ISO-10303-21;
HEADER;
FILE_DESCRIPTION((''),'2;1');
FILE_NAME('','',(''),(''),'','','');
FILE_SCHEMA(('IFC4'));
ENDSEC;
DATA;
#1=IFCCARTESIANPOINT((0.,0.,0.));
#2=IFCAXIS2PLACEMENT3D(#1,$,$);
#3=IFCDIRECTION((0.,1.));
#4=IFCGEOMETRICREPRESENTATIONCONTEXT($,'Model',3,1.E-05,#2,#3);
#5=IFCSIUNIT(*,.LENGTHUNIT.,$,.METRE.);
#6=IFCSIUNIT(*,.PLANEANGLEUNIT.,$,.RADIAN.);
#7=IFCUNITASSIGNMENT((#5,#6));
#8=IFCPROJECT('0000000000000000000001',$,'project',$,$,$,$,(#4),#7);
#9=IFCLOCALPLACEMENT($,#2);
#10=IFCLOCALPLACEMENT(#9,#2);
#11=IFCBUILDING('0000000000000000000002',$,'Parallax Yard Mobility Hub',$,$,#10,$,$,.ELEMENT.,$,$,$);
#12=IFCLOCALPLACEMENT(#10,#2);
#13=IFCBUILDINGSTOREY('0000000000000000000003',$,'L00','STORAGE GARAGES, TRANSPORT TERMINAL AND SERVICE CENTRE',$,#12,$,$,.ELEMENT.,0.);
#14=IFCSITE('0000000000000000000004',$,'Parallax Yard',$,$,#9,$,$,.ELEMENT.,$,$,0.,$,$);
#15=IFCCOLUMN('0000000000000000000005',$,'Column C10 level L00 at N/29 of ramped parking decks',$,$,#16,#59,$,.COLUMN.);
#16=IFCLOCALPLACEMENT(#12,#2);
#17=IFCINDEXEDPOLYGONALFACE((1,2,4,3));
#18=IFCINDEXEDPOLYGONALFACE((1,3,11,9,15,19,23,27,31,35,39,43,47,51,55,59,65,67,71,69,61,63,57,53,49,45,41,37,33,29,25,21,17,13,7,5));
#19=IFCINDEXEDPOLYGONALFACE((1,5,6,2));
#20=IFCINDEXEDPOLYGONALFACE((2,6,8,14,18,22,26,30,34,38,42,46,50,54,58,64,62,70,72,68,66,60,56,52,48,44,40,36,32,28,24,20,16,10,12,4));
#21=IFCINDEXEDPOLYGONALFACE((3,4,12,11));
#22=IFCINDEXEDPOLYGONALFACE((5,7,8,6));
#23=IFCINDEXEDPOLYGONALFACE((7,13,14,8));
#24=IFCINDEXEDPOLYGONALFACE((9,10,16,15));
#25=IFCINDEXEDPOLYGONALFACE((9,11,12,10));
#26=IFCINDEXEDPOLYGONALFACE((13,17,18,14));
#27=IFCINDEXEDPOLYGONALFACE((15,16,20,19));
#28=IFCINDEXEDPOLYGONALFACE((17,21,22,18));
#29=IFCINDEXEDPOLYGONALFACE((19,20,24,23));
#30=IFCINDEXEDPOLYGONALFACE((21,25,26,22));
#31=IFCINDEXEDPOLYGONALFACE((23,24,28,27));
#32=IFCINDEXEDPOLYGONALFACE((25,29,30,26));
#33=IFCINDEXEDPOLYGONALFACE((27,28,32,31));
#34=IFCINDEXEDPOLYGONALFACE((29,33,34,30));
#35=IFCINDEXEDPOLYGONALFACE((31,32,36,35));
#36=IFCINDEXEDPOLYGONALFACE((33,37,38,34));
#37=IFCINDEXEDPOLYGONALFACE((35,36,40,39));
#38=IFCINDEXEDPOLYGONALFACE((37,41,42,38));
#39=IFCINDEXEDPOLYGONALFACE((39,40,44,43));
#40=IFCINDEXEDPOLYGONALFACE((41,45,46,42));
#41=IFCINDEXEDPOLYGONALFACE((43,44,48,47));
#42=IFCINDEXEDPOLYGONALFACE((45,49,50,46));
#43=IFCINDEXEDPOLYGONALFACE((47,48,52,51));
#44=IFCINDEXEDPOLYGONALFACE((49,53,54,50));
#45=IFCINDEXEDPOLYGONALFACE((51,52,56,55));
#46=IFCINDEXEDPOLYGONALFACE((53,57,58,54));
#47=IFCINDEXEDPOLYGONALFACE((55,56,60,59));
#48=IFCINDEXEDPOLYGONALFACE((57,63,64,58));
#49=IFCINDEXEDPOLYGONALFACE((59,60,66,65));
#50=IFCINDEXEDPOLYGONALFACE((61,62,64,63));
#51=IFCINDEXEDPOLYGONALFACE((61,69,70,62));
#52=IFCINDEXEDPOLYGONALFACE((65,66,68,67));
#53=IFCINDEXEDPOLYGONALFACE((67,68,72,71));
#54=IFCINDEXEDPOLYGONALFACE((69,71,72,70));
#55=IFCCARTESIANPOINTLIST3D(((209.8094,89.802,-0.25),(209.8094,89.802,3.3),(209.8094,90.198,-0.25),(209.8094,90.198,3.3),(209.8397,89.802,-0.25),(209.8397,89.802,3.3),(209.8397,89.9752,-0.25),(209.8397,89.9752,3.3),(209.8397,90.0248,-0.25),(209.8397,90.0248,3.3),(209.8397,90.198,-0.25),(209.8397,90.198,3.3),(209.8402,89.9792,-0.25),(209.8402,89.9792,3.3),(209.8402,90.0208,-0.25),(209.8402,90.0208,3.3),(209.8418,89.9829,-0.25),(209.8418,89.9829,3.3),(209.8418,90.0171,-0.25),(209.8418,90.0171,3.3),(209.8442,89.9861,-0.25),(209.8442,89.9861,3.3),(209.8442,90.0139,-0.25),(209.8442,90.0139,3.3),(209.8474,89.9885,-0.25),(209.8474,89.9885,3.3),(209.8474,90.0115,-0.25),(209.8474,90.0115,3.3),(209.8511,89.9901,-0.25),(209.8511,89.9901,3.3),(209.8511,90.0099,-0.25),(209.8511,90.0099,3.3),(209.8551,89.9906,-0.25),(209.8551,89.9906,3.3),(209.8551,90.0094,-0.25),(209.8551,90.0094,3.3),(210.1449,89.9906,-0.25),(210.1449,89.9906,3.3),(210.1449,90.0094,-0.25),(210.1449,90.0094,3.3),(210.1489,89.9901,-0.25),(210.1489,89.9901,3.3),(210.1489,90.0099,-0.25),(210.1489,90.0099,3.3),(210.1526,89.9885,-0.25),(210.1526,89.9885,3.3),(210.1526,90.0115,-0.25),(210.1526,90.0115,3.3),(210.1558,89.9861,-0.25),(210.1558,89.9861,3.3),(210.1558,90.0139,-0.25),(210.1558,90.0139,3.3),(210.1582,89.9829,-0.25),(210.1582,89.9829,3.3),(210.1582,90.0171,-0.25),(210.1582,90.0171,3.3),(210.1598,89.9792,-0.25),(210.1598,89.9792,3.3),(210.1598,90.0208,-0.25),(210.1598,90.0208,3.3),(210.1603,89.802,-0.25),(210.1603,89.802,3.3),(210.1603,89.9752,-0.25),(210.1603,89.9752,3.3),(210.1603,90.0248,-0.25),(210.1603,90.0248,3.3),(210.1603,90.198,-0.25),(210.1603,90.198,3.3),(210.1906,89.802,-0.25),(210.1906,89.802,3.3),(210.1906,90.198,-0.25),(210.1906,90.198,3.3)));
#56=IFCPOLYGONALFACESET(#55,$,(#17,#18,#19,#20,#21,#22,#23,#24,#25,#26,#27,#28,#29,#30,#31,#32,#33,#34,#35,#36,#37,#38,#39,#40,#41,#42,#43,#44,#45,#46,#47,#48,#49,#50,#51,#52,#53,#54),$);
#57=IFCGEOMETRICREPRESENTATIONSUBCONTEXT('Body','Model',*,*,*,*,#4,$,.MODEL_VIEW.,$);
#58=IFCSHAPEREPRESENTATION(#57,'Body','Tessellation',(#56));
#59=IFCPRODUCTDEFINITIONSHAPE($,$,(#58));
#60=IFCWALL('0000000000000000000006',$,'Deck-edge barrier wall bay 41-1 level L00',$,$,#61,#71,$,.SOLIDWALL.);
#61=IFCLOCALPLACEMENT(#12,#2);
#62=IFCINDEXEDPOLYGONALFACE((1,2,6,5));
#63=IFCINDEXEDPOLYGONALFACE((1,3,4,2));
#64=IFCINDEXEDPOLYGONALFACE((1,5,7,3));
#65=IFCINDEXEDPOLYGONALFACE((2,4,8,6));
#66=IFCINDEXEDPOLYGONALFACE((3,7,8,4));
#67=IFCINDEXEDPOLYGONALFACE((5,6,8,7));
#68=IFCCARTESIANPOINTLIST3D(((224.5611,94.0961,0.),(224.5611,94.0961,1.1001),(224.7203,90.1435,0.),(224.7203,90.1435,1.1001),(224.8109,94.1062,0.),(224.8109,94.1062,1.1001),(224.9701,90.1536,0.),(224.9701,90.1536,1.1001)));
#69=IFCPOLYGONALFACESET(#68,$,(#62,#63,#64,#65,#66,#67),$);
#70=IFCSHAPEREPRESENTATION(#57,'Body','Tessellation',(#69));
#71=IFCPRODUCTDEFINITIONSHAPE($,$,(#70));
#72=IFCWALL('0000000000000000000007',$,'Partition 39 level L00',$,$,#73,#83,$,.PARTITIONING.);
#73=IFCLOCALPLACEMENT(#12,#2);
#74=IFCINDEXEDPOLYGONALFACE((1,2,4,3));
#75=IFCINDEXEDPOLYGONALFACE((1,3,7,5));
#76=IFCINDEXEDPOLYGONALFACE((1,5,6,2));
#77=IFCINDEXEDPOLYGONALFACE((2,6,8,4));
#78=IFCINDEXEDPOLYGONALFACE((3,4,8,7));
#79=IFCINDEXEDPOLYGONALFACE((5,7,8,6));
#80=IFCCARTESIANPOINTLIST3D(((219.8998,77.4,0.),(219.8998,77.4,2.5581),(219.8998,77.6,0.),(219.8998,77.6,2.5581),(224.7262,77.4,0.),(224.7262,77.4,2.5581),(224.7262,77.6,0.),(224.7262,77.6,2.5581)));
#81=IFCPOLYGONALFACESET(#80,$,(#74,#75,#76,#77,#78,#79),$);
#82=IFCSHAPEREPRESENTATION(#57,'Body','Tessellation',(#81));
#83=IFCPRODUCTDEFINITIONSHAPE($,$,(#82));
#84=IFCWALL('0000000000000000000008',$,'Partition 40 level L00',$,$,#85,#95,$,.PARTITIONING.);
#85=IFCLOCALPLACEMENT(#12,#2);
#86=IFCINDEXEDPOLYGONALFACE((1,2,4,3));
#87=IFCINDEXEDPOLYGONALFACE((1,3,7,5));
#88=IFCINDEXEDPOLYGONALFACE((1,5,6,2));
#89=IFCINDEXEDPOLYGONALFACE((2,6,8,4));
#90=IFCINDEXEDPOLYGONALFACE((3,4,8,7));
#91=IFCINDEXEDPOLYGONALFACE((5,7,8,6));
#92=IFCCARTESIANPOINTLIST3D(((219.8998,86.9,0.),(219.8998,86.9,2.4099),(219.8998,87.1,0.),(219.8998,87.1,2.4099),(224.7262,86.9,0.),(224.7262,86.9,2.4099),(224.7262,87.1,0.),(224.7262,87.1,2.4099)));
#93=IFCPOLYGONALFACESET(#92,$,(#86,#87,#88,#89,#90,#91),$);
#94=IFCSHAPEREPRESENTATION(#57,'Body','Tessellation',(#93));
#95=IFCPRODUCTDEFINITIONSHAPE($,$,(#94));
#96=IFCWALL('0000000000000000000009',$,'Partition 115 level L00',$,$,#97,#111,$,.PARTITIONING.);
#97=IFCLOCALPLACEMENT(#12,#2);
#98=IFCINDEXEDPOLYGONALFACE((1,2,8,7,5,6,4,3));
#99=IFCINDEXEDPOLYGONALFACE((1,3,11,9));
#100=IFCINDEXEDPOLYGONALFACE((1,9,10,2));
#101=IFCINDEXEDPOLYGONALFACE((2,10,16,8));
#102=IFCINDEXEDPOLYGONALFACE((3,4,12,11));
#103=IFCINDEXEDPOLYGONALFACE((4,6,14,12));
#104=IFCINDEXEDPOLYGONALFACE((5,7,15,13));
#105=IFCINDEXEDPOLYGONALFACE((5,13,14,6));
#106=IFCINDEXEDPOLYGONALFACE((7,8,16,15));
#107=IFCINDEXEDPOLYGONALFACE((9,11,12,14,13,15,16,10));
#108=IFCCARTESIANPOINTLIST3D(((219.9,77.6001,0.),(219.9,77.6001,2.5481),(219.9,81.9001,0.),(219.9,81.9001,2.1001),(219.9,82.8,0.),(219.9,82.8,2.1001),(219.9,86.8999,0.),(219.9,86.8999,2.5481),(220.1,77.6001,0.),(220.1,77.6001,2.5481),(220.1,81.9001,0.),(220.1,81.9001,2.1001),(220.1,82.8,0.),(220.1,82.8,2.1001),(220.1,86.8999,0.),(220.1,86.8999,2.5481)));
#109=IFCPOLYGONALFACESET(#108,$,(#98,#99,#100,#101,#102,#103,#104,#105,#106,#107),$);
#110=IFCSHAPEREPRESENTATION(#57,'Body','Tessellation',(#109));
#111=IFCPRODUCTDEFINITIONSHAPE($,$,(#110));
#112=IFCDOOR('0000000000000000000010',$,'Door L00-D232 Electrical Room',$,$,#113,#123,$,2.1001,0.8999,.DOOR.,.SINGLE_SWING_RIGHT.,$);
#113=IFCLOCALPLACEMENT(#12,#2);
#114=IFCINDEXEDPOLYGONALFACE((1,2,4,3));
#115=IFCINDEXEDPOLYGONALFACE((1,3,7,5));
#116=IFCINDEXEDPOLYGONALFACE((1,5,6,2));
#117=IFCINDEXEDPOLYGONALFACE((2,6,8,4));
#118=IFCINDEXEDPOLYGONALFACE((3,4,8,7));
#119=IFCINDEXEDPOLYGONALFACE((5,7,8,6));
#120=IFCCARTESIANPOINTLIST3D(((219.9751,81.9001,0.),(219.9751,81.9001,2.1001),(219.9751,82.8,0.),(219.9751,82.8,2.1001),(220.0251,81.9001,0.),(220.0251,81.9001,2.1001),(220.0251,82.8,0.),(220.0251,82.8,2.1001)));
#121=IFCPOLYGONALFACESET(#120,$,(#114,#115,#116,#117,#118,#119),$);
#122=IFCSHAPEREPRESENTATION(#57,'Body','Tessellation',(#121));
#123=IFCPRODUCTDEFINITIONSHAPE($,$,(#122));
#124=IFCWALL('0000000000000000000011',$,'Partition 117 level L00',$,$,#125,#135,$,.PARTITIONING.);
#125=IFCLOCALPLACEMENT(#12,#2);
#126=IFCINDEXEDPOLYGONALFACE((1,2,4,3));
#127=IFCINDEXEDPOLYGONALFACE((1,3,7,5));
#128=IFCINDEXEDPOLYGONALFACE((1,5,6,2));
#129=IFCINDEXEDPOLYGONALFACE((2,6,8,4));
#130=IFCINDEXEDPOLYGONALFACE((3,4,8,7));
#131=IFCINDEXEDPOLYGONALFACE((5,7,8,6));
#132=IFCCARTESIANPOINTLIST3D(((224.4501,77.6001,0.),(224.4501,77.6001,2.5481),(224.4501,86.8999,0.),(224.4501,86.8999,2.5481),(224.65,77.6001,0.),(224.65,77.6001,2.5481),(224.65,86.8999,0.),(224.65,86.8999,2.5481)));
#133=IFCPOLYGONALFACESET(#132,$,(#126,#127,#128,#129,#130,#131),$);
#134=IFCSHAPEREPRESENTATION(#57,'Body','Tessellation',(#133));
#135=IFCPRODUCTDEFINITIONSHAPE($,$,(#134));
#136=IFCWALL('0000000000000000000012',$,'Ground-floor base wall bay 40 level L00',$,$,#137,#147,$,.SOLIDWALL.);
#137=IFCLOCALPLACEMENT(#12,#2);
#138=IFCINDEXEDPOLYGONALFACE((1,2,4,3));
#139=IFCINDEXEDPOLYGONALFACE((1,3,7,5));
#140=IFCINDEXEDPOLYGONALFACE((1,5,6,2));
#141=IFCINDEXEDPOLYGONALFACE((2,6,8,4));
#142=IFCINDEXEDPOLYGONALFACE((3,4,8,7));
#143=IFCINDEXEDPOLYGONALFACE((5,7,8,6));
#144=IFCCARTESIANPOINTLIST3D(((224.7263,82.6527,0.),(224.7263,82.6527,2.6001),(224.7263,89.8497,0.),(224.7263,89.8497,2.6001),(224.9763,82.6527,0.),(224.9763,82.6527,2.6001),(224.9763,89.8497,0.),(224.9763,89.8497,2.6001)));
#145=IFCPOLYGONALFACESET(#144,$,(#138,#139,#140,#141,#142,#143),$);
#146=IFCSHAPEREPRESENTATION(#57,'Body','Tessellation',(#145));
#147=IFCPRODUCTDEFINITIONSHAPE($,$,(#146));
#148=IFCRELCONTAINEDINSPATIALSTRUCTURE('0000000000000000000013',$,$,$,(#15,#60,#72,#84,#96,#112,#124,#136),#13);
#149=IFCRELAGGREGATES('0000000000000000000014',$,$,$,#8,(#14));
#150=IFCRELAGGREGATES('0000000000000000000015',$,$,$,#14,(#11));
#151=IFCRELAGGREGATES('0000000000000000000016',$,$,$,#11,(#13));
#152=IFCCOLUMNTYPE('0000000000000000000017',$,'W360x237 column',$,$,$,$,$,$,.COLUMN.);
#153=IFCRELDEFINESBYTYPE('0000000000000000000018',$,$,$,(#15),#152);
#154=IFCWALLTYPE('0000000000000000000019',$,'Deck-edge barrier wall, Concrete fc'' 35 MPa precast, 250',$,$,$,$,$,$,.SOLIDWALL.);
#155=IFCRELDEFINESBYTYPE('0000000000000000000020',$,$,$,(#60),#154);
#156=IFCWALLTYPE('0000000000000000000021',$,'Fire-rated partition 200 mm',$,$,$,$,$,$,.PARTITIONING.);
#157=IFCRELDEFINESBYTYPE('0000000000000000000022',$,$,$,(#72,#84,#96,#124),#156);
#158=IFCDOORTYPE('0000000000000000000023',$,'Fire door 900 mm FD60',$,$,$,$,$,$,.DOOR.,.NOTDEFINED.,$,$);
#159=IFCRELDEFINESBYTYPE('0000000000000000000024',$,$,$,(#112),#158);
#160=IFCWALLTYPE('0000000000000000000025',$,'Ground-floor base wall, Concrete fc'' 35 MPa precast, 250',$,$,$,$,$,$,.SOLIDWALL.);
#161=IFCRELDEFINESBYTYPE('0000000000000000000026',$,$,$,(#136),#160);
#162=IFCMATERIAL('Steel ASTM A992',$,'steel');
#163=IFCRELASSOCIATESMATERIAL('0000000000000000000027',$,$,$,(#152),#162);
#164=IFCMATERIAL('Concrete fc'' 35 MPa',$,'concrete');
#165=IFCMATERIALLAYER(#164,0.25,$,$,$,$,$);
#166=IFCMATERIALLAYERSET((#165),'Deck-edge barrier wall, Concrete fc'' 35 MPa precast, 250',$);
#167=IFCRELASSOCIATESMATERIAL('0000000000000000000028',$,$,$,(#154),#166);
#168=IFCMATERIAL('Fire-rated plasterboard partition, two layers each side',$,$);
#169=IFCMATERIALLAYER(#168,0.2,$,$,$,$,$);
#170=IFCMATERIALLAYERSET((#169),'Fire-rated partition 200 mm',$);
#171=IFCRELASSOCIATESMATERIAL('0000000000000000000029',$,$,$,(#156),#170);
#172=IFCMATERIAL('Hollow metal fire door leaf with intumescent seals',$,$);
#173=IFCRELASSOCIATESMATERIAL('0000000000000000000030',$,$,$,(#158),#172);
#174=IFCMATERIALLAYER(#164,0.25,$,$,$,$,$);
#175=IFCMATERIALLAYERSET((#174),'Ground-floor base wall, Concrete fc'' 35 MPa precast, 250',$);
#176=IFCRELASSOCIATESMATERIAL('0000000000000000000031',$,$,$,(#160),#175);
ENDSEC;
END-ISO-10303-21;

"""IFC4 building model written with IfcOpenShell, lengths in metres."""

from ifc_helpers import new_model, si_unit, direction, frame, frame_2d, origin, origin_2d, place, context, subcontext, project, spatial, rectangle, i_section, extrude, material, layer, layer_set, material_profile, profile_set, type_object, element, fill, save


model = new_model("IFC4")

# Units and contexts
model_context = context("Model", 3, precision=1e-05, world=origin(), true_north=direction((0.0, 1.0)))
body_context = subcontext(model_context, "Body", "Model", "MODEL_VIEW")
ifc_project = project(units=[si_unit("LENGTHUNIT", "METRE"), si_unit("PLANEANGLEUNIT", "RADIAN")], contexts=[model_context])

# Site, building, storey
site_placement = place(None, origin())
site = spatial("IfcSite", under=ifc_project, at=site_placement, Name="Parallax Yard", CompositionType="ELEMENT", RefElevation=0.0)
building_placement = place(site_placement, origin())
building = spatial("IfcBuilding", under=site, at=building_placement, Name="Parallax Yard Mobility Hub", CompositionType="ELEMENT")
storey_placement = place(building_placement, origin())
storey = spatial("IfcBuildingStorey", under=building, at=storey_placement, Name="L00", Description="STORAGE GARAGES, TRANSPORT TERMINAL AND SERVICE CENTRE", CompositionType="ELEMENT", Elevation=0.0)

# Column
ifc_material_1 = material(Name="Steel ASTM A992", Category="steel")
ifc_material_profile_1 = material_profile(ifc_material_1, i_section(OverallWidth=0.396, OverallDepth=0.3811, WebThickness=0.0188, FlangeThickness=0.0303, FilletRadius=0.0154, at=origin_2d()), Name="W360x237")
ifc_profile_set_1 = profile_set([ifc_material_profile_1], Name="Steel ASTM A992")
column_type_1 = type_object("IfcColumnType", Name="W360x237 column", PredefinedType="COLUMN", material=ifc_profile_set_1)
column_placement = place(storey_placement, frame((210.0, 90.0, -0.25), z_axis=(0.0, 0.0, 1.0), x_axis=(0.0, 1.0, 0.0)))
element("IfcColumn", 1, at=column_placement, inside=storey, type_object=column_type_1, Name="Column C10 level L00 at N/29 of ramped parking decks", PredefinedType="COLUMN", context=body_context, shape_type="SweptSolid", body=[
    extrude(i_section(OverallWidth=0.396, OverallDepth=0.3811, WebThickness=0.0188, FlangeThickness=0.0303, FilletRadius=0.0154, at=origin_2d()), origin(), (0.0, 0.0, 1.0), 3.55),
])

# Walls
ifc_material_2 = material(Name="Concrete fc' 35 MPa", Category="concrete")
ifc_layer_1 = layer(ifc_material_2, 0.25)
ifc_layer_set_1 = layer_set([ifc_layer_1], Name="Deck-edge barrier wall, Concrete fc' 35 MPa precast, 250")
wall_type_1 = type_object("IfcWallType", Name="Deck-edge barrier wall, Concrete fc' 35 MPa precast, 250", PredefinedType="SOLIDWALL", material=ifc_layer_set_1)
wall_1_placement = place(storey_placement, frame((224.8452, 90.1484, 0.0), z_axis=(0.0, 0.0, 1.0), x_axis=(-0.040239, 0.99919, 0.0)))
element("IfcWall", 2, at=wall_1_placement, inside=storey, type_object=wall_type_1, Name="Deck-edge barrier wall bay 41-1 level L00", PredefinedType="SOLIDWALL", context=body_context, shape_type="SweptSolid", body=[
    extrude(rectangle(XDim=3.9558, YDim=0.25, at=frame_2d((1.978, 0.0))), origin(), (0.0, 0.0, 1.0), 1.1001),
])
ifc_material_3 = material(Name="Fire-rated plasterboard partition, two layers each side")
ifc_layer_2 = layer(ifc_material_3, 0.2)
ifc_layer_set_2 = layer_set([ifc_layer_2], Name="Fire-rated partition 200 mm")
wall_type_2 = type_object("IfcWallType", Name="Fire-rated partition 200 mm", PredefinedType="PARTITIONING", material=ifc_layer_set_2)
wall_2_placement = place(storey_placement, frame((219.8999, 77.5, 0.0), z_axis=(0.0, 0.0, 1.0), x_axis=(1.0, 0.0, 0.0)))
element("IfcWall", 3, at=wall_2_placement, inside=storey, type_object=wall_type_2, Name="Partition 39 level L00", PredefinedType="PARTITIONING", context=body_context, shape_type="SweptSolid", body=[
    extrude(rectangle(XDim=4.8264, YDim=0.2, at=frame_2d((2.4131, 0.0))), origin(), (0.0, 0.0, 1.0), 2.5581),
])
wall_3_placement = place(storey_placement, frame((219.8999, 87.0, 0.0), z_axis=(0.0, 0.0, 1.0), x_axis=(1.0, 0.0, 0.0)))
element("IfcWall", 4, at=wall_3_placement, inside=storey, type_object=wall_type_2, Name="Partition 40 level L00", PredefinedType="PARTITIONING", context=body_context, shape_type="SweptSolid", body=[
    extrude(rectangle(XDim=4.8264, YDim=0.2, at=frame_2d((2.4131, 0.0))), origin(), (0.0, 0.0, 1.0), 2.4099),
])

# Wall, opening, door
wall_4_placement = place(storey_placement, frame((220.0, 77.6001, 0.0), z_axis=(0.0, 0.0, 1.0), x_axis=(0.0, 1.0, 0.0)))
wall_4 = element("IfcWall", 5, at=wall_4_placement, inside=storey, type_object=wall_type_2, Name="Partition 115 level L00", PredefinedType="PARTITIONING", context=body_context, shape_type="SweptSolid", body=[
    extrude(rectangle(XDim=9.2998, YDim=0.2, at=frame_2d((4.6499, 0.0))), origin(), (0.0, 0.0, 1.0), 2.5481),
])
opening_placement = place(wall_4_placement, frame((4.3, 0.0, 0.0)))
opening = element("IfcOpeningElement", 6, at=opening_placement, cuts=wall_4, PredefinedType="OPENING", context=body_context, shape_type="SweptSolid", body=[
    extrude(rectangle(XDim=0.8999, YDim=2.1001, at=frame_2d((0.45, 1.05))), frame((0.0, 0.1099, 0.0), z_axis=(0.0, -1.0, 0.0), x_axis=(1.0, 0.0, 0.0)), (0.0, 0.0, 1.0), 0.22),
])
ifc_material_4 = material(Name="Hollow metal fire door leaf with intumescent seals")
door_type = type_object("IfcDoorType", Name="Fire door 900 mm FD60", OperationType="NOTDEFINED", PredefinedType="DOOR", material=ifc_material_4)
door_placement = place(opening_placement, origin())
door = element("IfcDoor", 7, at=door_placement, inside=storey, type_object=door_type, Name="Door L00-D232 Electrical Room", OperationType="SINGLE_SWING_RIGHT", OverallHeight=2.1001, OverallWidth=0.8999, PredefinedType="DOOR", context=body_context, shape_type="SweptSolid", body=[
    extrude(rectangle(XDim=0.8999, YDim=2.1001, at=frame_2d((0.45, 1.05))), frame((0.0, 0.0249, 0.0), z_axis=(0.0, -1.0, 0.0), x_axis=(1.0, 0.0, 0.0)), (0.0, 0.0, 1.0), 0.05),
])
fill(opening, door)

# Walls
wall_5_placement = place(storey_placement, frame((224.55, 77.6001, 0.0), z_axis=(0.0, 0.0, 1.0), x_axis=(0.0, 1.0, 0.0)))
element("IfcWall", 8, at=wall_5_placement, inside=storey, type_object=wall_type_2, Name="Partition 117 level L00", PredefinedType="PARTITIONING", context=body_context, shape_type="SweptSolid", body=[
    extrude(rectangle(XDim=9.2998, YDim=0.2, at=frame_2d((4.6499, 0.0))), origin(), (0.0, 0.0, 1.0), 2.5481),
])
ifc_layer_3 = layer(ifc_material_2, 0.25)
ifc_layer_set_3 = layer_set([ifc_layer_3], Name="Ground-floor base wall, Concrete fc' 35 MPa precast, 250")
wall_type_3 = type_object("IfcWallType", Name="Ground-floor base wall, Concrete fc' 35 MPa precast, 250", PredefinedType="SOLIDWALL", material=ifc_layer_set_3)
wall_6_placement = place(storey_placement, frame((224.8513, 82.6526, 0.0), z_axis=(0.0, 0.0, 1.0), x_axis=(0.0, 1.0, 0.0)))
element("IfcWall", 9, at=wall_6_placement, inside=storey, type_object=wall_type_3, Name="Ground-floor base wall bay 40 level L00", PredefinedType="SOLIDWALL", context=body_context, shape_type="SweptSolid", body=[
    extrude(rectangle(XDim=7.197, YDim=0.25, at=frame_2d((3.5986, 0.0))), origin(), (0.0, 0.0, 1.0), 2.6001),
])

save(model, "model.ifc")
